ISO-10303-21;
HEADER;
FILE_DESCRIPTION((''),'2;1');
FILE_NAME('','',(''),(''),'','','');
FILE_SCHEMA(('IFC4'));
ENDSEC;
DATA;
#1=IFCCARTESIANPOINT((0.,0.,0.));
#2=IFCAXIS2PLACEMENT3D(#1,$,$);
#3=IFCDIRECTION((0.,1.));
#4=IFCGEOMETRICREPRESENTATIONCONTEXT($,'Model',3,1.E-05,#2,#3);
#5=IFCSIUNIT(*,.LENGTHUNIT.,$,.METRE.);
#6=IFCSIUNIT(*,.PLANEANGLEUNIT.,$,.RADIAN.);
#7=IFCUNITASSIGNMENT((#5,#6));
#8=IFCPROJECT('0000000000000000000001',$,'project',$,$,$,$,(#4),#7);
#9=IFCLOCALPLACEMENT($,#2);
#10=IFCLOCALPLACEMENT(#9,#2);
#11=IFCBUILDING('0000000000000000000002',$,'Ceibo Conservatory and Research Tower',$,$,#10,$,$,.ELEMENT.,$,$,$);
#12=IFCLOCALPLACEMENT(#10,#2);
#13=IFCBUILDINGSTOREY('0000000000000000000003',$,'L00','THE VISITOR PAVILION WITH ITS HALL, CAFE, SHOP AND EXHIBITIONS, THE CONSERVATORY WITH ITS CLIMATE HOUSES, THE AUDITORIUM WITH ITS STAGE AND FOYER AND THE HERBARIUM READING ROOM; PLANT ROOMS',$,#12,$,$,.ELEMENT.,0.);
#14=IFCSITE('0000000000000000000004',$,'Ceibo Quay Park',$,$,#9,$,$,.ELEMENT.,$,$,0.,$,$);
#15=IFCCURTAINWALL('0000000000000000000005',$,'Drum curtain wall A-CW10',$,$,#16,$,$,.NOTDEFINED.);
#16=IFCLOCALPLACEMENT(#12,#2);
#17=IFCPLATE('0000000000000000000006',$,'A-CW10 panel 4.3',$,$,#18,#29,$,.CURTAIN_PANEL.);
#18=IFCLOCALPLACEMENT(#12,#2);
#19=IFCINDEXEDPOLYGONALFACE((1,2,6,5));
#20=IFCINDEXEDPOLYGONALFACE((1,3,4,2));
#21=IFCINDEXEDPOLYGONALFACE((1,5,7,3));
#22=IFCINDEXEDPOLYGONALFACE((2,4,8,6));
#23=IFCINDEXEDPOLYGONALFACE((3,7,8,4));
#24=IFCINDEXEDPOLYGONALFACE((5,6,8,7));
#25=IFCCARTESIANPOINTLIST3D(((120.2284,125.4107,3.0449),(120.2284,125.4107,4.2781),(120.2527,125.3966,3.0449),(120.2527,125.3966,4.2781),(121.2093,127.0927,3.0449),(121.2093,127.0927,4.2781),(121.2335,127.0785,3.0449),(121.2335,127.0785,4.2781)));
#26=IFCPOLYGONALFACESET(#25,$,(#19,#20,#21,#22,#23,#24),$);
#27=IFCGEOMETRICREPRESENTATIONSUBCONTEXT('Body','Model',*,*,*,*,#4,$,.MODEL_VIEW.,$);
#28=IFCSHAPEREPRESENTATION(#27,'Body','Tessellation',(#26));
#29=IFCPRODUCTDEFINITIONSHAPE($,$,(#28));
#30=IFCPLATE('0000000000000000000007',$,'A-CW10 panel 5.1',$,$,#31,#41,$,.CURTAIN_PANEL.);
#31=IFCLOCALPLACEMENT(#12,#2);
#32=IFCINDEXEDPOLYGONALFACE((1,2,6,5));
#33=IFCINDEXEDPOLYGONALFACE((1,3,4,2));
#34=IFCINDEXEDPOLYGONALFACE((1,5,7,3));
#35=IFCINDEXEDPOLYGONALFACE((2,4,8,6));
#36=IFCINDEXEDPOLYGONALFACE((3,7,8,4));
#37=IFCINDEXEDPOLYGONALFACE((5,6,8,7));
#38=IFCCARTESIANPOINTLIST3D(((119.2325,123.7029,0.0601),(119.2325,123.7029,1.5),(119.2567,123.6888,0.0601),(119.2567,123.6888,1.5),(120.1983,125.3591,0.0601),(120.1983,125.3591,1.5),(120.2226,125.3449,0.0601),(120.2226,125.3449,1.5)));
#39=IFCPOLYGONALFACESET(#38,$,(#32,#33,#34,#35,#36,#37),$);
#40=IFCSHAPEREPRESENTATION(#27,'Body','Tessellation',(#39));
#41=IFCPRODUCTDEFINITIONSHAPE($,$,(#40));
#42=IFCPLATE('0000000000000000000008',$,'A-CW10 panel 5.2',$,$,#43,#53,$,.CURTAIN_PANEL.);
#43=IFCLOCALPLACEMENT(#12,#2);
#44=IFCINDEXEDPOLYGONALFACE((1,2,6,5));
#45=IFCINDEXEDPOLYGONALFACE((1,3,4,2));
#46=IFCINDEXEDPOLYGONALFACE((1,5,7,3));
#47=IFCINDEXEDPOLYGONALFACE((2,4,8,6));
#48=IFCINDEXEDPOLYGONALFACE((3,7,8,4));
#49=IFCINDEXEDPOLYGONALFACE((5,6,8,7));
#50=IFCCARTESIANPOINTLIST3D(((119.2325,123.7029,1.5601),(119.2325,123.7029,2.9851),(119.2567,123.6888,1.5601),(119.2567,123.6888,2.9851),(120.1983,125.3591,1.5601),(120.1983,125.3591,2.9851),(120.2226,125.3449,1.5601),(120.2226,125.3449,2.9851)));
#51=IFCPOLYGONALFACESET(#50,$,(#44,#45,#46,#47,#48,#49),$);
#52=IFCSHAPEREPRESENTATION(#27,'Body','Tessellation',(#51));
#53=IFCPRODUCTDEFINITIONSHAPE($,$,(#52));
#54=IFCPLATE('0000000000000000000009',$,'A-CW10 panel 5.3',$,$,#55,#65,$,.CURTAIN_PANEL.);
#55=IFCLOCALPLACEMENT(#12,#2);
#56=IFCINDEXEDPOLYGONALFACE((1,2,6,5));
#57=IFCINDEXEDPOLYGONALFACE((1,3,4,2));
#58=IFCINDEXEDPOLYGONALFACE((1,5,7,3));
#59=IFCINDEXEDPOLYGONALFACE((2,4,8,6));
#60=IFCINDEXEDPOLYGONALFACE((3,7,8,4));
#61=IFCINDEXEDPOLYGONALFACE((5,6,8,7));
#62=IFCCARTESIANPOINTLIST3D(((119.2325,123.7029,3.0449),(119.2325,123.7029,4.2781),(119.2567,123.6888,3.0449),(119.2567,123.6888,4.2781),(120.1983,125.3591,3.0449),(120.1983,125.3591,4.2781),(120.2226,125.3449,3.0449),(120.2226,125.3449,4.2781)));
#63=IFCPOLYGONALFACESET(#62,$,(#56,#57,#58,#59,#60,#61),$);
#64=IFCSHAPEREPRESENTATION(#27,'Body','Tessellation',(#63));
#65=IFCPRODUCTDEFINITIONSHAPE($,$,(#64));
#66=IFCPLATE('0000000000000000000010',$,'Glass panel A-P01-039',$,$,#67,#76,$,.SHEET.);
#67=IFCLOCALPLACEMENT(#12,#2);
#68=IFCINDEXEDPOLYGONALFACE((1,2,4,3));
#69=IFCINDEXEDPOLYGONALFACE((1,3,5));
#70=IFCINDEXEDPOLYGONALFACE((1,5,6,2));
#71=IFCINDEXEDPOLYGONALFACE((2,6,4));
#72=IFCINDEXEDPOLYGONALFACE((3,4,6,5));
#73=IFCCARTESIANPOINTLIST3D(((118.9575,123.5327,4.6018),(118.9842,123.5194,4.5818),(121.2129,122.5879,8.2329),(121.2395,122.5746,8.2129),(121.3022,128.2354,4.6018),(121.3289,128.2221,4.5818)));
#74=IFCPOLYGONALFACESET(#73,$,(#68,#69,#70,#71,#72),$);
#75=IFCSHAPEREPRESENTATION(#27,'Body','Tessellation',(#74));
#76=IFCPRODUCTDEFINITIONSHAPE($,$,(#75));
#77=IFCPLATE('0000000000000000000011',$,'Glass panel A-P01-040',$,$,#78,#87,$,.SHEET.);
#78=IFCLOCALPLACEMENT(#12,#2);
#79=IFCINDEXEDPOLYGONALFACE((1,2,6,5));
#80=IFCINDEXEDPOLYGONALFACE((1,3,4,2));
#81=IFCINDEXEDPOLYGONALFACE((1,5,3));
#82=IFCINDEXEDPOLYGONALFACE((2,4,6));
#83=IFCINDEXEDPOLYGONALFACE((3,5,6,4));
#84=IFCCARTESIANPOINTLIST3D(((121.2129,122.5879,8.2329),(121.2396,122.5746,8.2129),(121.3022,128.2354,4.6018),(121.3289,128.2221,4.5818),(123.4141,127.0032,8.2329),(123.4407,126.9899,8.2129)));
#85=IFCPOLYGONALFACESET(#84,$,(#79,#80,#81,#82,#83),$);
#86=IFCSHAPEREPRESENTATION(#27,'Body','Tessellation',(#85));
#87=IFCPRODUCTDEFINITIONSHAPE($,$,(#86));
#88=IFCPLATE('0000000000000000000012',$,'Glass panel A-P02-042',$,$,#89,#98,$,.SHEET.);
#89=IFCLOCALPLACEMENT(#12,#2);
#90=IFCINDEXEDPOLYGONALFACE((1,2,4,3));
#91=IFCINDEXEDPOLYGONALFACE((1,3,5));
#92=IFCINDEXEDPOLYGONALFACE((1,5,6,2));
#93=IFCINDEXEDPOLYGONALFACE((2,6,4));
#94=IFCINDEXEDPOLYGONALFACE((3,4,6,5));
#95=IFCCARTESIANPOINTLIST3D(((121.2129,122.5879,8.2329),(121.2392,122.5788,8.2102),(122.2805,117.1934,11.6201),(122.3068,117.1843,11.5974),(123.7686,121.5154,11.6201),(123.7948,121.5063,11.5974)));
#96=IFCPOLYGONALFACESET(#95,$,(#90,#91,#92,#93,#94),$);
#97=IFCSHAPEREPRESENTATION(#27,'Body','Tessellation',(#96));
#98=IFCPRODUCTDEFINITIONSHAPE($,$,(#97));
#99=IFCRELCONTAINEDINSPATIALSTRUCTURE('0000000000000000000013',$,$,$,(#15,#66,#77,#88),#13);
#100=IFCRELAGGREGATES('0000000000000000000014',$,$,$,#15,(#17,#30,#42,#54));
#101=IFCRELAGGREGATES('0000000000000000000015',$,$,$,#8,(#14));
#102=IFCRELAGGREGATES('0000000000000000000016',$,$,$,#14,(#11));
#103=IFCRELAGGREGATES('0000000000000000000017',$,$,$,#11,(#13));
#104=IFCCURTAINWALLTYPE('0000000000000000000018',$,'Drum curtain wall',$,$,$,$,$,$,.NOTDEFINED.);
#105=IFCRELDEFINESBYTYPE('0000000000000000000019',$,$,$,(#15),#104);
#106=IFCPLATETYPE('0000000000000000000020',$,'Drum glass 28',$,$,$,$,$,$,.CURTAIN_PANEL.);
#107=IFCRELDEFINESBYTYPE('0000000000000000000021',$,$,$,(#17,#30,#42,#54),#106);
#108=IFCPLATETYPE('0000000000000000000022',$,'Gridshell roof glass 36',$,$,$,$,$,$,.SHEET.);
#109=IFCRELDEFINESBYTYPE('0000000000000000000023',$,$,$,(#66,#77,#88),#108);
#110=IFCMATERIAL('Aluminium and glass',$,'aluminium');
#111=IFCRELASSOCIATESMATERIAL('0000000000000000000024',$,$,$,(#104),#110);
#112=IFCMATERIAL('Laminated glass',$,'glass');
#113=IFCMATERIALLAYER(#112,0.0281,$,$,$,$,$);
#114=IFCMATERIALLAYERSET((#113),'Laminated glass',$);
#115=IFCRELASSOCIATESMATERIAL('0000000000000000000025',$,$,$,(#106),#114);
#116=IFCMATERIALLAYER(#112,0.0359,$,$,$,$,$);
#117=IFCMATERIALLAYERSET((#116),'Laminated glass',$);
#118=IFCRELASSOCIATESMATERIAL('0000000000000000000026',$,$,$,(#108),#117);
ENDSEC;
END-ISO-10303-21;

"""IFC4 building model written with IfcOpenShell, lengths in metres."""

from ifc_helpers import new_model, si_unit, direction, frame, origin, origin_2d, place, context, subcontext, project, spatial, polyline, rectangle, outline, extrude, material, layer, layer_set, type_object, element, aggregate, save


model = new_model("IFC4")

# Units and contexts
model_context = context("Model", 3, precision=1e-05, world=origin(), true_north=direction((0.0, 1.0)))
body_context = subcontext(model_context, "Body", "Model", "MODEL_VIEW")
ifc_project = project(units=[si_unit("LENGTHUNIT", "METRE"), si_unit("PLANEANGLEUNIT", "RADIAN")], contexts=[model_context])

# Site, building, storey
site_placement = place(None, origin())
site = spatial("IfcSite", under=ifc_project, at=site_placement, Name="Ceibo Quay Park", CompositionType="ELEMENT", RefElevation=0.0)
building_placement = place(site_placement, origin())
building = spatial("IfcBuilding", under=site, at=building_placement, Name="Ceibo Conservatory and Research Tower", CompositionType="ELEMENT")
storey_placement = place(building_placement, origin())
storey = spatial("IfcBuildingStorey", under=building, at=storey_placement, Name="L00", Description="THE VISITOR PAVILION WITH ITS HALL, CAFE, SHOP AND EXHIBITIONS, THE CONSERVATORY WITH ITS CLIMATE HOUSES, THE AUDITORIUM WITH ITS STAGE AND FOYER AND THE HERBARIUM READING ROOM; PLANT ROOMS", CompositionType="ELEMENT", Elevation=0.0)

# Curtain wall, plates
ifc_material_1 = material(Name="Aluminium and glass", Category="aluminium")
curtain_wall_type = type_object("IfcCurtainWallType", Name="Drum curtain wall", PredefinedType="NOTDEFINED", material=ifc_material_1)
curtain_wall_placement = place(storey_placement, origin())
curtain_wall = element("IfcCurtainWall", 1, at=curtain_wall_placement, inside=storey, type_object=curtain_wall_type, Name="Drum curtain wall A-CW10", PredefinedType="NOTDEFINED")
ifc_material_2 = material(Name="Laminated glass", Category="glass")
ifc_layer_1 = layer(ifc_material_2, 0.0281)
ifc_layer_set_1 = layer_set([ifc_layer_1], Name="Laminated glass")
plate_type_1 = type_object("IfcPlateType", Name="Drum glass 28", PredefinedType="CURTAIN_PANEL", material=ifc_layer_set_1)
plate_1_placement = place(storey_placement, frame((120.731, 126.2446, 3.0449), z_axis=(0.0, 0.0, 1.0), x_axis=(-0.503774, -0.863836, 0.0)))
plate_1 = element("IfcPlate", 2, at=plate_1_placement, type_object=plate_type_1, Name="A-CW10 panel 4.3", PredefinedType="CURTAIN_PANEL", context=body_context, shape_type="SweptSolid", body=[
    extrude(rectangle(XDim=1.947, YDim=0.0281, at=origin_2d()), origin(), (0.0, 0.0, 1.0), 1.2332),
])
plate_2_placement = place(storey_placement, frame((119.7275, 124.5239, 0.0601), z_axis=(0.0, 0.0, 1.0), x_axis=(-0.503774, -0.863836, 0.0)))
plate_2 = element("IfcPlate", 3, at=plate_2_placement, type_object=plate_type_1, Name="A-CW10 panel 5.1", PredefinedType="CURTAIN_PANEL", context=body_context, shape_type="SweptSolid", body=[
    extrude(rectangle(XDim=1.9172, YDim=0.0281, at=origin_2d()), origin(), (0.0, 0.0, 1.0), 1.4399),
])
plate_3_placement = place(storey_placement, frame((119.7275, 124.5239, 1.5601), z_axis=(0.0, 0.0, 1.0), x_axis=(-0.503774, -0.863836, 0.0)))
plate_3 = element("IfcPlate", 4, at=plate_3_placement, type_object=plate_type_1, Name="A-CW10 panel 5.2", PredefinedType="CURTAIN_PANEL", context=body_context, shape_type="SweptSolid", body=[
    extrude(rectangle(XDim=1.9172, YDim=0.0281, at=origin_2d()), origin(), (0.0, 0.0, 1.0), 1.425),
])
plate_4_placement = place(storey_placement, frame((119.7275, 124.5239, 3.0449), z_axis=(0.0, 0.0, 1.0), x_axis=(-0.503774, -0.863836, 0.0)))
plate_4 = element("IfcPlate", 5, at=plate_4_placement, type_object=plate_type_1, Name="A-CW10 panel 5.3", PredefinedType="CURTAIN_PANEL", context=body_context, shape_type="SweptSolid", body=[
    extrude(rectangle(XDim=1.9172, YDim=0.0281, at=origin_2d()), origin(), (0.0, 0.0, 1.0), 1.2332),
])
aggregate(curtain_wall, [plate_1, plate_2, plate_3, plate_4])

# Plates
ifc_layer_2 = layer(ifc_material_2, 0.0359)
ifc_layer_set_2 = layer_set([ifc_layer_2], Name="Laminated glass")
plate_type_2 = type_object("IfcPlateType", Name="Gridshell roof glass 36", PredefinedType="SHEET", material=ifc_layer_set_2)
plate_5_placement = place(storey_placement, frame((121.3022, 128.2354, 4.6018), z_axis=(-0.742803, 0.37036, 0.557743), x_axis=(-0.44621, -0.894928, 0.0)))
element("IfcPlate", 6, at=plate_5_placement, inside=storey, type_object=plate_type_2, Name="Glass panel A-P01-039", PredefinedType="SHEET", context=body_context, shape_type="SweptSolid", body=[
    extrude(outline(polyline([(0.0, 0.0), (5.2548, 0.0), (5.0939, 4.3748), (0.0, 0.0)])), origin(), (0.0, 0.0, -1.0), 0.0359),
])
plate_6_placement = place(storey_placement, frame((121.3022, 128.2354, 4.6018), z_axis=(-0.742846, 0.370335, 0.557702), x_axis=(-0.013308, -0.841064, 0.540772)))
element("IfcPlate", 7, at=plate_6_placement, inside=storey, type_object=plate_type_2, Name="Glass panel A-P01-040", PredefinedType="SHEET", context=body_context, shape_type="SweptSolid", body=[
    extrude(outline(polyline([(0.0, 0.0), (6.7147, 0.0), (2.9718, 3.2142), (0.0, 0.0)])), origin(), (0.0, 0.0, -1.0), 0.0359),
])
plate_7_placement = place(storey_placement, frame((121.2129, 122.5879, 8.2329), z_axis=(-0.732408, 0.252162, 0.632449), x_axis=(0.165302, -0.835243, 0.524446)))
element("IfcPlate", 8, at=plate_7_placement, inside=storey, type_object=plate_type_2, Name="Glass panel A-P02-042", PredefinedType="SHEET", context=body_context, shape_type="SweptSolid", body=[
    extrude(outline(polyline([(0.0, 0.0), (6.4586, 0.0), (3.0947, 3.0948), (0.0, 0.0)])), origin(), (0.0, 0.0, -1.0), 0.0359),
])

save(model, "model.ifc")
